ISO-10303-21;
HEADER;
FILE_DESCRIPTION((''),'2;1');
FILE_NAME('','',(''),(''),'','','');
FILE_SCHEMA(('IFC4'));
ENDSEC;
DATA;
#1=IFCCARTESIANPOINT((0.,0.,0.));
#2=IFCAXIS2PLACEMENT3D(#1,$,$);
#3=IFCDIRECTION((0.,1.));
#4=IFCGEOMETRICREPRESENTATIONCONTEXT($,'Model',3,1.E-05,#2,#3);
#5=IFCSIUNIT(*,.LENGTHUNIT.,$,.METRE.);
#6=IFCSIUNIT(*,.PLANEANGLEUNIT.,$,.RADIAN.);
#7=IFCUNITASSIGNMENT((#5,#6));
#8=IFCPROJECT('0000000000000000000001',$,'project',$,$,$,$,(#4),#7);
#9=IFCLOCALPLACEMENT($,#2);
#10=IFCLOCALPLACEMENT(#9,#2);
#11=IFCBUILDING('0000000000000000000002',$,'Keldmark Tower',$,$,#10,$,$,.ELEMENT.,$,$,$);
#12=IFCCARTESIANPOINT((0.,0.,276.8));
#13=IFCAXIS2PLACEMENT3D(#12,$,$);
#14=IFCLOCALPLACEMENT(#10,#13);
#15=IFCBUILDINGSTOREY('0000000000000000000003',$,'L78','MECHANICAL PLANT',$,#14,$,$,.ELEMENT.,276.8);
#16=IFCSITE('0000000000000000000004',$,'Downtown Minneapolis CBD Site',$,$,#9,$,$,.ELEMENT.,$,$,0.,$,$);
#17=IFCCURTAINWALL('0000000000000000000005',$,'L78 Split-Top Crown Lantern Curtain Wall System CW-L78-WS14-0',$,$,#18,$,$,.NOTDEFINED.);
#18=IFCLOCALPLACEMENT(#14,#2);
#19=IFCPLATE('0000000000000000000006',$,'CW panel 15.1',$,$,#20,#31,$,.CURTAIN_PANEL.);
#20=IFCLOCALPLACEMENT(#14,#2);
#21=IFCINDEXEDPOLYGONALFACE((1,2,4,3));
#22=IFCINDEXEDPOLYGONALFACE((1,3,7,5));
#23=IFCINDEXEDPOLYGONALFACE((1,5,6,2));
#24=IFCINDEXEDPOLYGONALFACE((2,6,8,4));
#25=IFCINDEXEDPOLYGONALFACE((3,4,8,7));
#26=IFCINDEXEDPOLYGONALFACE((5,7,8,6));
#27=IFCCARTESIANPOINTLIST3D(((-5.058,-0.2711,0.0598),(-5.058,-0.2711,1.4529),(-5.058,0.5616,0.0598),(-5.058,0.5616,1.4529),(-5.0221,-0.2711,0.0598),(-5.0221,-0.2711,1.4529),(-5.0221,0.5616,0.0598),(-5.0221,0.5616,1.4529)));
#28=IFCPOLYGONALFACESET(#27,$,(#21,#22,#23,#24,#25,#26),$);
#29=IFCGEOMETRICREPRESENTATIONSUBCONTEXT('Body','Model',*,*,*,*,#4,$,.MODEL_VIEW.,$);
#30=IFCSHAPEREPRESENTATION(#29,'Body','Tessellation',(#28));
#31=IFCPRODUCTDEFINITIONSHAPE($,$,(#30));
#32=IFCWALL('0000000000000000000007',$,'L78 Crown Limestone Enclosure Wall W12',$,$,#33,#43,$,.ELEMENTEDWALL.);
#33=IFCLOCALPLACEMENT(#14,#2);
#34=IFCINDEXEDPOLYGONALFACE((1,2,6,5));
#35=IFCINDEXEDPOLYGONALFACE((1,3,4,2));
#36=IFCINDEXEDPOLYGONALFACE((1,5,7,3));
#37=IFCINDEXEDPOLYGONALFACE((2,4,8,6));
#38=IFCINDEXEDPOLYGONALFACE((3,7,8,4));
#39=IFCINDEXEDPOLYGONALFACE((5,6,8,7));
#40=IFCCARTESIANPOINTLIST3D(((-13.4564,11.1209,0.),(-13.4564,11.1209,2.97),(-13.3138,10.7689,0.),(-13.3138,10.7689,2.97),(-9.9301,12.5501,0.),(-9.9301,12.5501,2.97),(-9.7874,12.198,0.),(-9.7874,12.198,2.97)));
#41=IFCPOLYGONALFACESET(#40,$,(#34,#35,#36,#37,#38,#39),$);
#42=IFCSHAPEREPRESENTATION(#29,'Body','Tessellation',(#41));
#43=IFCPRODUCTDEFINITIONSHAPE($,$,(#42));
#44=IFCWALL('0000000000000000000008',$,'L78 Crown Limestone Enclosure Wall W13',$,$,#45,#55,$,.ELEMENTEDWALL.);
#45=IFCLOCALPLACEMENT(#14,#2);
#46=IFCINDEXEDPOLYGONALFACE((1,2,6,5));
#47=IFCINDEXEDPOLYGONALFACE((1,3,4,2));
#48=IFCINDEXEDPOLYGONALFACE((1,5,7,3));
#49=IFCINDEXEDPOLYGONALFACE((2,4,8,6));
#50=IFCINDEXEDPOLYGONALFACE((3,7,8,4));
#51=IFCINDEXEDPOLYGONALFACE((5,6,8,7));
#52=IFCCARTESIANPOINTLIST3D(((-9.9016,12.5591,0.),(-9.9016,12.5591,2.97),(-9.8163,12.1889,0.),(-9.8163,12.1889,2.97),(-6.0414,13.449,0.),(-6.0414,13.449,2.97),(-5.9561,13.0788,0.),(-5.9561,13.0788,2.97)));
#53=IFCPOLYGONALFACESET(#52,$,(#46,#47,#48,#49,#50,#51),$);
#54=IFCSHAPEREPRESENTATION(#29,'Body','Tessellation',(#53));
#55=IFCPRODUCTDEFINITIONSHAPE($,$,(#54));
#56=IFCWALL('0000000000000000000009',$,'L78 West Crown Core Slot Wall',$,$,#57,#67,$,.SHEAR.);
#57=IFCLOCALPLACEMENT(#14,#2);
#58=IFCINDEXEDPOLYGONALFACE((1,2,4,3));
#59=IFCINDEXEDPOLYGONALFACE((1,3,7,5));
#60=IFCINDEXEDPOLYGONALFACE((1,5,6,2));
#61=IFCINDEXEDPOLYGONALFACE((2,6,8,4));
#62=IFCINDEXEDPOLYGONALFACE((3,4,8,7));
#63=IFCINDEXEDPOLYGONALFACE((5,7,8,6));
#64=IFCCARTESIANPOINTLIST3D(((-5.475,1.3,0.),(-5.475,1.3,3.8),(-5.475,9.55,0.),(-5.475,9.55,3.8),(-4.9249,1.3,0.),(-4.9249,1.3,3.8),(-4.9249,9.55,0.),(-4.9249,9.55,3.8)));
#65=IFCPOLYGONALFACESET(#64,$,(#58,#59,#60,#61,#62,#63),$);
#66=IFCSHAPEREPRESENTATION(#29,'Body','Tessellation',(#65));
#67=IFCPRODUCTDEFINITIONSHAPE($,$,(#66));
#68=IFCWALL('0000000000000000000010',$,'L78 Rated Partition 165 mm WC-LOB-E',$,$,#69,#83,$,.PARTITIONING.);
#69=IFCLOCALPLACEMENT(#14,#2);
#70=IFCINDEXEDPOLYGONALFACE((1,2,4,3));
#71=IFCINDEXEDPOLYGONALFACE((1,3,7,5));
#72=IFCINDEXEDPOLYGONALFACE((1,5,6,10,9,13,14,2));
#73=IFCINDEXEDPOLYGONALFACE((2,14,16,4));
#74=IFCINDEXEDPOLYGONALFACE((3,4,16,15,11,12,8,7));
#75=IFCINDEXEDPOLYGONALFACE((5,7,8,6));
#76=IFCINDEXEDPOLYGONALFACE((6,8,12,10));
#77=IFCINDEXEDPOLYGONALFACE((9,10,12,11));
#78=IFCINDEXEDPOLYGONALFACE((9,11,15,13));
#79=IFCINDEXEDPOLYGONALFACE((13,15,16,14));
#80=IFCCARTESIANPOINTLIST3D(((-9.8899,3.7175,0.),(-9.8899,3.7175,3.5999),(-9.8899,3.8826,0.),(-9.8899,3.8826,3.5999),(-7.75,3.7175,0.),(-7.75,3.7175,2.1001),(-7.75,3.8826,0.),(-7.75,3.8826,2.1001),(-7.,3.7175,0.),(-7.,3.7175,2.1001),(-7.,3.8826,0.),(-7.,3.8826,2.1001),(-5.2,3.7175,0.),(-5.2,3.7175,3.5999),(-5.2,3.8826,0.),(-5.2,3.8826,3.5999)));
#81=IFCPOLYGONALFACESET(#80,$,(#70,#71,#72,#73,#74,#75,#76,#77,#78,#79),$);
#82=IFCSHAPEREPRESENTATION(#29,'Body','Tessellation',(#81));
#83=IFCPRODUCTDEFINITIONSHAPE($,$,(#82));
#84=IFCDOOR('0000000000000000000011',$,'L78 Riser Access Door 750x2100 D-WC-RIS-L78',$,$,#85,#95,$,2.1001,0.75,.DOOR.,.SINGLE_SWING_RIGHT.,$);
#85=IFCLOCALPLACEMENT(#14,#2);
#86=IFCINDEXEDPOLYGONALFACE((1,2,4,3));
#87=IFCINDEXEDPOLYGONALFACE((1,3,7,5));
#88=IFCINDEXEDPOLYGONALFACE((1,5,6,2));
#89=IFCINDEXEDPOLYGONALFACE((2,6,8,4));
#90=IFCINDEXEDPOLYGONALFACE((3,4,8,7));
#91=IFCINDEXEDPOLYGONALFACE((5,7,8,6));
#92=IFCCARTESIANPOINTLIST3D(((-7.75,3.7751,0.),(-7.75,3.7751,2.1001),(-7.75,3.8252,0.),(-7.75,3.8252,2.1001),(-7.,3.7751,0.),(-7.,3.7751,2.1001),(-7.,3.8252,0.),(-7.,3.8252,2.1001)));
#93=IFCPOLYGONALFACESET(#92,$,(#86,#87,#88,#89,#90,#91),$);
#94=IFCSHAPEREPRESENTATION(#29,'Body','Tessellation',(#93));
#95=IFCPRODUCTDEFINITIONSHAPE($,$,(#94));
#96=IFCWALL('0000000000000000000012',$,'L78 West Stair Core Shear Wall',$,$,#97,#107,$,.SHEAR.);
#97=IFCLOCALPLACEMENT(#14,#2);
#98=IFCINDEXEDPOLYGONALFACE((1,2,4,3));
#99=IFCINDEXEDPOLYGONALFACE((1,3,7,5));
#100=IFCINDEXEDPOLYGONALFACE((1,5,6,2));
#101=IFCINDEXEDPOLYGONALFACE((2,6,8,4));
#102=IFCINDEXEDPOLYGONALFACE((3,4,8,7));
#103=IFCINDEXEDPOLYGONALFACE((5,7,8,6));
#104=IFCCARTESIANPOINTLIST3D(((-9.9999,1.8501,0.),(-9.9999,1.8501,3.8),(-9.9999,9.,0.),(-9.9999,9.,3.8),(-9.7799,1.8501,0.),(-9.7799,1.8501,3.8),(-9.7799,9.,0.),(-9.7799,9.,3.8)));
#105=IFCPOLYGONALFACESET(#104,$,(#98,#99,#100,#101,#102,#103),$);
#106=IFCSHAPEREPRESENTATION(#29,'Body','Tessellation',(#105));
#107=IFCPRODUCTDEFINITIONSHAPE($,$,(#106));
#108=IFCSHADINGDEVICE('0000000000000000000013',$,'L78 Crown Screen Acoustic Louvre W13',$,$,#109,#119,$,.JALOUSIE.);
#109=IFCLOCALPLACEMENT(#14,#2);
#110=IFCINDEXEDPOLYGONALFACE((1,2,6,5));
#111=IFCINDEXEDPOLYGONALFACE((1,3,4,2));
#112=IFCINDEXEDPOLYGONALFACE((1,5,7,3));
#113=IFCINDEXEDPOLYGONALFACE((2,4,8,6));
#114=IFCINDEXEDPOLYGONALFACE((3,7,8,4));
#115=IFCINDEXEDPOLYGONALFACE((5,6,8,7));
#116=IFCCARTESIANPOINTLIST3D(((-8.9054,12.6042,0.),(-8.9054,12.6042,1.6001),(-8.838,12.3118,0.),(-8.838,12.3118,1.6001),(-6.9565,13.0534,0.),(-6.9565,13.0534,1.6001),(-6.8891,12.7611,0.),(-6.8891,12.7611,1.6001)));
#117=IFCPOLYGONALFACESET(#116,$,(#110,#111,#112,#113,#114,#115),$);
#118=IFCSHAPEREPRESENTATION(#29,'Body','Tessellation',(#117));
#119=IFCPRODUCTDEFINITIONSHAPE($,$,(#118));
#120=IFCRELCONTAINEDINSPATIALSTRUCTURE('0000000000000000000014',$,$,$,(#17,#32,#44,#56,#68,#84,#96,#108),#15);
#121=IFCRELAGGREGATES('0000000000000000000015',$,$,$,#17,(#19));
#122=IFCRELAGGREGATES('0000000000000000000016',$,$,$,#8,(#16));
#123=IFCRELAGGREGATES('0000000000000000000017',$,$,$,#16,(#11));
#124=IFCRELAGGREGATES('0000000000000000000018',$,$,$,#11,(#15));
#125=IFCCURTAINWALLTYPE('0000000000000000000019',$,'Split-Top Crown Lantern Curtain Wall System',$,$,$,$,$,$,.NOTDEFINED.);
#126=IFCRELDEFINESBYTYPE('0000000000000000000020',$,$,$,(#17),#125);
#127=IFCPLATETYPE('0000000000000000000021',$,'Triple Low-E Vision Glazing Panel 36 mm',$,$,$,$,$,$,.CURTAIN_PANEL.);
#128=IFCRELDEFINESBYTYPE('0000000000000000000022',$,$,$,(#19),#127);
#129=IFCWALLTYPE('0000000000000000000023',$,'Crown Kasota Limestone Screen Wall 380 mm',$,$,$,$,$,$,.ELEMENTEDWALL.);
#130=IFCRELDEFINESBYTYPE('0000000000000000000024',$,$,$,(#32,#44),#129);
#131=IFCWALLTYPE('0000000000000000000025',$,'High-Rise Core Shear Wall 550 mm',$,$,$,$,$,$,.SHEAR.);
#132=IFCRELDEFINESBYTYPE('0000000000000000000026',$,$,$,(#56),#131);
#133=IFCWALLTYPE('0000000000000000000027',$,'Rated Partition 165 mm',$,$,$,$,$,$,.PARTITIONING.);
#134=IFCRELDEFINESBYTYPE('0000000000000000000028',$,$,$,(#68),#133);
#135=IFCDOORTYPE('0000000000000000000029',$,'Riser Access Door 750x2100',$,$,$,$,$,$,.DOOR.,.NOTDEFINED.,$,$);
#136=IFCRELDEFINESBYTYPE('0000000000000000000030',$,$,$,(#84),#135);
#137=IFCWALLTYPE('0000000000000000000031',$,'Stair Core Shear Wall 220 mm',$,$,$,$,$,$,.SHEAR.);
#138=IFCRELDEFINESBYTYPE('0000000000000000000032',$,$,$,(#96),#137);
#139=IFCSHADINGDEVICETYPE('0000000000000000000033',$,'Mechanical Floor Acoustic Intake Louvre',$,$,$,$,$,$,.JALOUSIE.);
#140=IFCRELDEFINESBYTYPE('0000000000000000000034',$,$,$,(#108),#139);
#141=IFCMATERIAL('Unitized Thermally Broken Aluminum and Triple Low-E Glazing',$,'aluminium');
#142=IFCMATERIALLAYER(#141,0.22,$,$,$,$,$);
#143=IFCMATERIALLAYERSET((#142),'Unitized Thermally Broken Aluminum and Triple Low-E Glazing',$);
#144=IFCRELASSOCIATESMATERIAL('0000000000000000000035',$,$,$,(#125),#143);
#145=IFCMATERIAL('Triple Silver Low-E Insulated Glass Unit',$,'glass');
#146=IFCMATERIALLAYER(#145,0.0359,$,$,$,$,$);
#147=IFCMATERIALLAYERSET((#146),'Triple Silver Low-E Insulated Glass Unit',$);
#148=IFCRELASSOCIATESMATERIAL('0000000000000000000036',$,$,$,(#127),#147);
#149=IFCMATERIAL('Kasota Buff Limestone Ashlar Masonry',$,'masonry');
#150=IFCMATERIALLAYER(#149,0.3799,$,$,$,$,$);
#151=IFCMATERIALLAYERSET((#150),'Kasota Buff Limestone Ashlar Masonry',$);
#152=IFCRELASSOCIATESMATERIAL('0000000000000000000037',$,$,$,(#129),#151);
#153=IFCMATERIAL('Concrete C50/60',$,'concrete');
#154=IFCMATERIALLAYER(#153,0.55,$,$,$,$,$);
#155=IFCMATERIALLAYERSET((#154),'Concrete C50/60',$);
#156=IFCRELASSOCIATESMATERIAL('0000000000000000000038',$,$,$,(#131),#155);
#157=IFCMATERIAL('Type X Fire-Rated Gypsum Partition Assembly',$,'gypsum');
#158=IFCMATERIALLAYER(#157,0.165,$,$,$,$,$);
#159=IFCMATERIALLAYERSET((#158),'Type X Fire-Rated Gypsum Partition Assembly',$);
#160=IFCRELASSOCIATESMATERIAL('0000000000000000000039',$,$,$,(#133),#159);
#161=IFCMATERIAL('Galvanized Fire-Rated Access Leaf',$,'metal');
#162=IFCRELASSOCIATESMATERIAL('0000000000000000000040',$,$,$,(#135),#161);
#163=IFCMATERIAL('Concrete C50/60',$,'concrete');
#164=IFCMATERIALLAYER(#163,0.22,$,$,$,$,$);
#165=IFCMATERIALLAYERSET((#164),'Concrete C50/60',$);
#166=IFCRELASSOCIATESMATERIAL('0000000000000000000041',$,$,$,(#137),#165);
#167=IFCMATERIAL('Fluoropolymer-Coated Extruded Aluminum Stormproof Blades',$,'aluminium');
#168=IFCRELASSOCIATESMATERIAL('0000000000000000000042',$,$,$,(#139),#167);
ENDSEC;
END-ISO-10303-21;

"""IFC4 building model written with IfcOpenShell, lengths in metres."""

from ifc_helpers import new_model, si_unit, direction, frame, frame_2d, origin, origin_2d, place, context, subcontext, project, spatial, rectangle, extrude, material, layer, layer_set, type_object, element, fill, aggregate, save


model = new_model("IFC4")

# Units and contexts
model_context = context("Model", 3, precision=1e-05, world=origin(), true_north=direction((0.0, 1.0)))
body_context = subcontext(model_context, "Body", "Model", "MODEL_VIEW")
ifc_project = project(units=[si_unit("LENGTHUNIT", "METRE"), si_unit("PLANEANGLEUNIT", "RADIAN")], contexts=[model_context])

# Site, building, storey
site_placement = place(None, origin())
site = spatial("IfcSite", under=ifc_project, at=site_placement, Name="Downtown Minneapolis CBD Site", CompositionType="ELEMENT", RefElevation=0.0)
building_placement = place(site_placement, origin())
building = spatial("IfcBuilding", under=site, at=building_placement, Name="Keldmark Tower", CompositionType="ELEMENT")
storey_placement = place(building_placement, frame((0.0, 0.0, 276.8)))
storey = spatial("IfcBuildingStorey", under=building, at=storey_placement, Name="L78", Description="MECHANICAL PLANT", CompositionType="ELEMENT", Elevation=276.8)

# Curtain wall
ifc_material_1 = material(Name="Unitized Thermally Broken Aluminum and Triple Low-E Glazing", Category="aluminium")
ifc_layer_1 = layer(ifc_material_1, 0.22)
ifc_layer_set_1 = layer_set([ifc_layer_1], Name="Unitized Thermally Broken Aluminum and Triple Low-E Glazing")
curtain_wall_type = type_object("IfcCurtainWallType", Name="Split-Top Crown Lantern Curtain Wall System", PredefinedType="NOTDEFINED", material=ifc_layer_set_1)
curtain_wall_placement = place(storey_placement, origin())
curtain_wall = element("IfcCurtainWall", 1, at=curtain_wall_placement, inside=storey, type_object=curtain_wall_type, Name="L78 Split-Top Crown Lantern Curtain Wall System CW-L78-WS14-0", PredefinedType="NOTDEFINED")

# Plate
ifc_material_2 = material(Name="Triple Silver Low-E Insulated Glass Unit", Category="glass")
ifc_layer_2 = layer(ifc_material_2, 0.0359)
ifc_layer_set_2 = layer_set([ifc_layer_2], Name="Triple Silver Low-E Insulated Glass Unit")
plate_type_1 = type_object("IfcPlateType", Name="Triple Low-E Vision Glazing Panel 36 mm", PredefinedType="CURTAIN_PANEL", material=ifc_layer_set_2)
plate_1_placement = place(storey_placement, frame((-5.04, 0.1453, 0.0598), z_axis=(0.0, 0.0, 1.0), x_axis=(0.0, 1.0, 0.0)))
plate_1 = element("IfcPlate", 2, at=plate_1_placement, type_object=plate_type_1, Name="CW panel 15.1", PredefinedType="CURTAIN_PANEL", context=body_context, shape_type="SweptSolid", body=[
    extrude(rectangle(XDim=0.8328, YDim=0.0359, at=origin_2d()), origin(), (0.0, 0.0, 1.0), 1.3931),
])
aggregate(curtain_wall, [plate_1])

# Walls
ifc_material_3 = material(Name="Kasota Buff Limestone Ashlar Masonry", Category="masonry")
ifc_layer_3 = layer(ifc_material_3, 0.3799)
ifc_layer_set_3 = layer_set([ifc_layer_3], Name="Kasota Buff Limestone Ashlar Masonry")
wall_type_1 = type_object("IfcWallType", Name="Crown Kasota Limestone Screen Wall 380 mm", PredefinedType="ELEMENTEDWALL", material=ifc_layer_set_3)
wall_1_placement = place(storey_placement, frame((-9.8589, 12.374, 0.0), z_axis=(0.0, 0.0, 1.0), x_axis=(-0.926777, -0.375613, 0.0)))
element("IfcWall", 3, at=wall_1_placement, inside=storey, type_object=wall_type_1, Name="L78 Crown Limestone Enclosure Wall W12", PredefinedType="ELEMENTEDWALL", context=body_context, shape_type="SweptSolid", body=[
    extrude(rectangle(XDim=3.8049, YDim=0.3799, at=frame_2d((1.9023, 0.0))), origin(), (0.0, 0.0, 1.0), 2.97),
])
wall_2_placement = place(storey_placement, frame((-5.9988, 13.2639, 0.0), z_axis=(0.0, 0.0, 1.0), x_axis=(-0.974441, -0.224643, 0.0)))
element("IfcWall", 4, at=wall_2_placement, inside=storey, type_object=wall_type_1, Name="L78 Crown Limestone Enclosure Wall W13", PredefinedType="ELEMENTEDWALL", context=body_context, shape_type="SweptSolid", body=[
    extrude(rectangle(XDim=3.9614, YDim=0.3799, at=frame_2d((1.9807, 0.0))), origin(), (0.0, 0.0, 1.0), 2.97),
])
ifc_material_4 = material(Name="Concrete C50/60", Category="concrete")
ifc_layer_4 = layer(ifc_material_4, 0.55)
ifc_layer_set_4 = layer_set([ifc_layer_4], Name="Concrete C50/60")
wall_type_2 = type_object("IfcWallType", Name="High-Rise Core Shear Wall 550 mm", PredefinedType="SHEAR", material=ifc_layer_set_4)
wall_3_placement = place(storey_placement, frame((-5.2, 1.3, 0.0), z_axis=(0.0, 0.0, 1.0), x_axis=(0.0, 1.0, 0.0)))
element("IfcWall", 5, at=wall_3_placement, inside=storey, type_object=wall_type_2, Name="L78 West Crown Core Slot Wall", PredefinedType="SHEAR", context=body_context, shape_type="SweptSolid", body=[
    extrude(rectangle(XDim=8.25, YDim=0.55, at=frame_2d((4.125, 0.0))), origin(), (0.0, 0.0, 1.0), 3.8),
])

# Wall, opening, door
ifc_material_5 = material(Name="Type X Fire-Rated Gypsum Partition Assembly", Category="gypsum")
ifc_layer_5 = layer(ifc_material_5, 0.165)
ifc_layer_set_5 = layer_set([ifc_layer_5], Name="Type X Fire-Rated Gypsum Partition Assembly")
wall_type_3 = type_object("IfcWallType", Name="Rated Partition 165 mm", PredefinedType="PARTITIONING", material=ifc_layer_set_5)
wall_4_placement = place(storey_placement, frame((-5.2, 3.8, 0.0), z_axis=(0.0, 0.0, 1.0), x_axis=(-1.0, 0.0, 0.0)))
wall_4 = element("IfcWall", 6, at=wall_4_placement, inside=storey, type_object=wall_type_3, Name="L78 Rated Partition 165 mm WC-LOB-E", PredefinedType="PARTITIONING", context=body_context, shape_type="SweptSolid", body=[
    extrude(rectangle(XDim=4.6899, YDim=0.165, at=frame_2d((2.345, 0.0))), origin(), (0.0, 0.0, 1.0), 3.5999),
])
opening_placement = place(wall_4_placement, frame((1.8, 0.0, 0.0)))
opening = element("IfcOpeningElement", 7, at=opening_placement, cuts=wall_4, PredefinedType="OPENING", context=body_context, shape_type="SweptSolid", body=[
    extrude(rectangle(XDim=0.75, YDim=2.1001, at=frame_2d((0.375, 1.05))), frame((0.0, 0.0925, 0.0), z_axis=(0.0, -1.0, 0.0), x_axis=(1.0, 0.0, 0.0)), (0.0, 0.0, 1.0), 0.1851),
])
ifc_material_6 = material(Name="Galvanized Fire-Rated Access Leaf", Category="metal")
door_type = type_object("IfcDoorType", Name="Riser Access Door 750x2100", OperationType="NOTDEFINED", PredefinedType="DOOR", material=ifc_material_6)
door_placement = place(opening_placement, origin())
door = element("IfcDoor", 8, at=door_placement, inside=storey, type_object=door_type, Name="L78 Riser Access Door 750x2100 D-WC-RIS-L78", OperationType="SINGLE_SWING_RIGHT", OverallHeight=2.1001, OverallWidth=0.75, PredefinedType="DOOR", context=body_context, shape_type="SweptSolid", body=[
    extrude(rectangle(XDim=0.75, YDim=2.1001, at=frame_2d((0.375, 1.05))), frame((0.0, 0.0249, 0.0), z_axis=(0.0, -1.0, 0.0), x_axis=(1.0, 0.0, 0.0)), (0.0, 0.0, 1.0), 0.05),
])
fill(opening, door)

# Wall
ifc_material_7 = material(Name="Concrete C50/60", Category="concrete")
ifc_layer_6 = layer(ifc_material_7, 0.22)
ifc_layer_set_6 = layer_set([ifc_layer_6], Name="Concrete C50/60")
wall_type_4 = type_object("IfcWallType", Name="Stair Core Shear Wall 220 mm", PredefinedType="SHEAR", material=ifc_layer_set_6)
wall_5_placement = place(storey_placement, frame((-9.8899, 1.8501, 0.0), z_axis=(0.0, 0.0, 1.0), x_axis=(0.0, 1.0, 0.0)))
element("IfcWall", 9, at=wall_5_placement, inside=storey, type_object=wall_type_4, Name="L78 West Stair Core Shear Wall", PredefinedType="SHEAR", context=body_context, shape_type="SweptSolid", body=[
    extrude(rectangle(XDim=7.1499, YDim=0.22, at=frame_2d((3.575, 0.0))), origin(), (0.0, 0.0, 1.0), 3.8),
])

# Shading device
ifc_material_8 = material(Name="Fluoropolymer-Coated Extruded Aluminum Stormproof Blades", Category="aluminium")
shading_device_type = type_object("IfcShadingDeviceType", Name="Mechanical Floor Acoustic Intake Louvre", PredefinedType="JALOUSIE", material=ifc_material_8)
shading_device_placement = place(storey_placement, frame((-7.8972, 12.6826, 0.0), z_axis=(0.0, 0.0, 1.0), x_axis=(-0.974445, -0.224628, 0.0)))
element("IfcShadingDevice", 10, at=shading_device_placement, inside=storey, type_object=shading_device_type, Name="L78 Crown Screen Acoustic Louvre W13", PredefinedType="JALOUSIE", context=body_context, shape_type="SweptSolid", body=[
    extrude(rectangle(XDim=2.0, YDim=0.3, at=origin_2d()), origin(), (0.0, 0.0, 1.0), 1.6001),
])

save(model, "model.ifc")
